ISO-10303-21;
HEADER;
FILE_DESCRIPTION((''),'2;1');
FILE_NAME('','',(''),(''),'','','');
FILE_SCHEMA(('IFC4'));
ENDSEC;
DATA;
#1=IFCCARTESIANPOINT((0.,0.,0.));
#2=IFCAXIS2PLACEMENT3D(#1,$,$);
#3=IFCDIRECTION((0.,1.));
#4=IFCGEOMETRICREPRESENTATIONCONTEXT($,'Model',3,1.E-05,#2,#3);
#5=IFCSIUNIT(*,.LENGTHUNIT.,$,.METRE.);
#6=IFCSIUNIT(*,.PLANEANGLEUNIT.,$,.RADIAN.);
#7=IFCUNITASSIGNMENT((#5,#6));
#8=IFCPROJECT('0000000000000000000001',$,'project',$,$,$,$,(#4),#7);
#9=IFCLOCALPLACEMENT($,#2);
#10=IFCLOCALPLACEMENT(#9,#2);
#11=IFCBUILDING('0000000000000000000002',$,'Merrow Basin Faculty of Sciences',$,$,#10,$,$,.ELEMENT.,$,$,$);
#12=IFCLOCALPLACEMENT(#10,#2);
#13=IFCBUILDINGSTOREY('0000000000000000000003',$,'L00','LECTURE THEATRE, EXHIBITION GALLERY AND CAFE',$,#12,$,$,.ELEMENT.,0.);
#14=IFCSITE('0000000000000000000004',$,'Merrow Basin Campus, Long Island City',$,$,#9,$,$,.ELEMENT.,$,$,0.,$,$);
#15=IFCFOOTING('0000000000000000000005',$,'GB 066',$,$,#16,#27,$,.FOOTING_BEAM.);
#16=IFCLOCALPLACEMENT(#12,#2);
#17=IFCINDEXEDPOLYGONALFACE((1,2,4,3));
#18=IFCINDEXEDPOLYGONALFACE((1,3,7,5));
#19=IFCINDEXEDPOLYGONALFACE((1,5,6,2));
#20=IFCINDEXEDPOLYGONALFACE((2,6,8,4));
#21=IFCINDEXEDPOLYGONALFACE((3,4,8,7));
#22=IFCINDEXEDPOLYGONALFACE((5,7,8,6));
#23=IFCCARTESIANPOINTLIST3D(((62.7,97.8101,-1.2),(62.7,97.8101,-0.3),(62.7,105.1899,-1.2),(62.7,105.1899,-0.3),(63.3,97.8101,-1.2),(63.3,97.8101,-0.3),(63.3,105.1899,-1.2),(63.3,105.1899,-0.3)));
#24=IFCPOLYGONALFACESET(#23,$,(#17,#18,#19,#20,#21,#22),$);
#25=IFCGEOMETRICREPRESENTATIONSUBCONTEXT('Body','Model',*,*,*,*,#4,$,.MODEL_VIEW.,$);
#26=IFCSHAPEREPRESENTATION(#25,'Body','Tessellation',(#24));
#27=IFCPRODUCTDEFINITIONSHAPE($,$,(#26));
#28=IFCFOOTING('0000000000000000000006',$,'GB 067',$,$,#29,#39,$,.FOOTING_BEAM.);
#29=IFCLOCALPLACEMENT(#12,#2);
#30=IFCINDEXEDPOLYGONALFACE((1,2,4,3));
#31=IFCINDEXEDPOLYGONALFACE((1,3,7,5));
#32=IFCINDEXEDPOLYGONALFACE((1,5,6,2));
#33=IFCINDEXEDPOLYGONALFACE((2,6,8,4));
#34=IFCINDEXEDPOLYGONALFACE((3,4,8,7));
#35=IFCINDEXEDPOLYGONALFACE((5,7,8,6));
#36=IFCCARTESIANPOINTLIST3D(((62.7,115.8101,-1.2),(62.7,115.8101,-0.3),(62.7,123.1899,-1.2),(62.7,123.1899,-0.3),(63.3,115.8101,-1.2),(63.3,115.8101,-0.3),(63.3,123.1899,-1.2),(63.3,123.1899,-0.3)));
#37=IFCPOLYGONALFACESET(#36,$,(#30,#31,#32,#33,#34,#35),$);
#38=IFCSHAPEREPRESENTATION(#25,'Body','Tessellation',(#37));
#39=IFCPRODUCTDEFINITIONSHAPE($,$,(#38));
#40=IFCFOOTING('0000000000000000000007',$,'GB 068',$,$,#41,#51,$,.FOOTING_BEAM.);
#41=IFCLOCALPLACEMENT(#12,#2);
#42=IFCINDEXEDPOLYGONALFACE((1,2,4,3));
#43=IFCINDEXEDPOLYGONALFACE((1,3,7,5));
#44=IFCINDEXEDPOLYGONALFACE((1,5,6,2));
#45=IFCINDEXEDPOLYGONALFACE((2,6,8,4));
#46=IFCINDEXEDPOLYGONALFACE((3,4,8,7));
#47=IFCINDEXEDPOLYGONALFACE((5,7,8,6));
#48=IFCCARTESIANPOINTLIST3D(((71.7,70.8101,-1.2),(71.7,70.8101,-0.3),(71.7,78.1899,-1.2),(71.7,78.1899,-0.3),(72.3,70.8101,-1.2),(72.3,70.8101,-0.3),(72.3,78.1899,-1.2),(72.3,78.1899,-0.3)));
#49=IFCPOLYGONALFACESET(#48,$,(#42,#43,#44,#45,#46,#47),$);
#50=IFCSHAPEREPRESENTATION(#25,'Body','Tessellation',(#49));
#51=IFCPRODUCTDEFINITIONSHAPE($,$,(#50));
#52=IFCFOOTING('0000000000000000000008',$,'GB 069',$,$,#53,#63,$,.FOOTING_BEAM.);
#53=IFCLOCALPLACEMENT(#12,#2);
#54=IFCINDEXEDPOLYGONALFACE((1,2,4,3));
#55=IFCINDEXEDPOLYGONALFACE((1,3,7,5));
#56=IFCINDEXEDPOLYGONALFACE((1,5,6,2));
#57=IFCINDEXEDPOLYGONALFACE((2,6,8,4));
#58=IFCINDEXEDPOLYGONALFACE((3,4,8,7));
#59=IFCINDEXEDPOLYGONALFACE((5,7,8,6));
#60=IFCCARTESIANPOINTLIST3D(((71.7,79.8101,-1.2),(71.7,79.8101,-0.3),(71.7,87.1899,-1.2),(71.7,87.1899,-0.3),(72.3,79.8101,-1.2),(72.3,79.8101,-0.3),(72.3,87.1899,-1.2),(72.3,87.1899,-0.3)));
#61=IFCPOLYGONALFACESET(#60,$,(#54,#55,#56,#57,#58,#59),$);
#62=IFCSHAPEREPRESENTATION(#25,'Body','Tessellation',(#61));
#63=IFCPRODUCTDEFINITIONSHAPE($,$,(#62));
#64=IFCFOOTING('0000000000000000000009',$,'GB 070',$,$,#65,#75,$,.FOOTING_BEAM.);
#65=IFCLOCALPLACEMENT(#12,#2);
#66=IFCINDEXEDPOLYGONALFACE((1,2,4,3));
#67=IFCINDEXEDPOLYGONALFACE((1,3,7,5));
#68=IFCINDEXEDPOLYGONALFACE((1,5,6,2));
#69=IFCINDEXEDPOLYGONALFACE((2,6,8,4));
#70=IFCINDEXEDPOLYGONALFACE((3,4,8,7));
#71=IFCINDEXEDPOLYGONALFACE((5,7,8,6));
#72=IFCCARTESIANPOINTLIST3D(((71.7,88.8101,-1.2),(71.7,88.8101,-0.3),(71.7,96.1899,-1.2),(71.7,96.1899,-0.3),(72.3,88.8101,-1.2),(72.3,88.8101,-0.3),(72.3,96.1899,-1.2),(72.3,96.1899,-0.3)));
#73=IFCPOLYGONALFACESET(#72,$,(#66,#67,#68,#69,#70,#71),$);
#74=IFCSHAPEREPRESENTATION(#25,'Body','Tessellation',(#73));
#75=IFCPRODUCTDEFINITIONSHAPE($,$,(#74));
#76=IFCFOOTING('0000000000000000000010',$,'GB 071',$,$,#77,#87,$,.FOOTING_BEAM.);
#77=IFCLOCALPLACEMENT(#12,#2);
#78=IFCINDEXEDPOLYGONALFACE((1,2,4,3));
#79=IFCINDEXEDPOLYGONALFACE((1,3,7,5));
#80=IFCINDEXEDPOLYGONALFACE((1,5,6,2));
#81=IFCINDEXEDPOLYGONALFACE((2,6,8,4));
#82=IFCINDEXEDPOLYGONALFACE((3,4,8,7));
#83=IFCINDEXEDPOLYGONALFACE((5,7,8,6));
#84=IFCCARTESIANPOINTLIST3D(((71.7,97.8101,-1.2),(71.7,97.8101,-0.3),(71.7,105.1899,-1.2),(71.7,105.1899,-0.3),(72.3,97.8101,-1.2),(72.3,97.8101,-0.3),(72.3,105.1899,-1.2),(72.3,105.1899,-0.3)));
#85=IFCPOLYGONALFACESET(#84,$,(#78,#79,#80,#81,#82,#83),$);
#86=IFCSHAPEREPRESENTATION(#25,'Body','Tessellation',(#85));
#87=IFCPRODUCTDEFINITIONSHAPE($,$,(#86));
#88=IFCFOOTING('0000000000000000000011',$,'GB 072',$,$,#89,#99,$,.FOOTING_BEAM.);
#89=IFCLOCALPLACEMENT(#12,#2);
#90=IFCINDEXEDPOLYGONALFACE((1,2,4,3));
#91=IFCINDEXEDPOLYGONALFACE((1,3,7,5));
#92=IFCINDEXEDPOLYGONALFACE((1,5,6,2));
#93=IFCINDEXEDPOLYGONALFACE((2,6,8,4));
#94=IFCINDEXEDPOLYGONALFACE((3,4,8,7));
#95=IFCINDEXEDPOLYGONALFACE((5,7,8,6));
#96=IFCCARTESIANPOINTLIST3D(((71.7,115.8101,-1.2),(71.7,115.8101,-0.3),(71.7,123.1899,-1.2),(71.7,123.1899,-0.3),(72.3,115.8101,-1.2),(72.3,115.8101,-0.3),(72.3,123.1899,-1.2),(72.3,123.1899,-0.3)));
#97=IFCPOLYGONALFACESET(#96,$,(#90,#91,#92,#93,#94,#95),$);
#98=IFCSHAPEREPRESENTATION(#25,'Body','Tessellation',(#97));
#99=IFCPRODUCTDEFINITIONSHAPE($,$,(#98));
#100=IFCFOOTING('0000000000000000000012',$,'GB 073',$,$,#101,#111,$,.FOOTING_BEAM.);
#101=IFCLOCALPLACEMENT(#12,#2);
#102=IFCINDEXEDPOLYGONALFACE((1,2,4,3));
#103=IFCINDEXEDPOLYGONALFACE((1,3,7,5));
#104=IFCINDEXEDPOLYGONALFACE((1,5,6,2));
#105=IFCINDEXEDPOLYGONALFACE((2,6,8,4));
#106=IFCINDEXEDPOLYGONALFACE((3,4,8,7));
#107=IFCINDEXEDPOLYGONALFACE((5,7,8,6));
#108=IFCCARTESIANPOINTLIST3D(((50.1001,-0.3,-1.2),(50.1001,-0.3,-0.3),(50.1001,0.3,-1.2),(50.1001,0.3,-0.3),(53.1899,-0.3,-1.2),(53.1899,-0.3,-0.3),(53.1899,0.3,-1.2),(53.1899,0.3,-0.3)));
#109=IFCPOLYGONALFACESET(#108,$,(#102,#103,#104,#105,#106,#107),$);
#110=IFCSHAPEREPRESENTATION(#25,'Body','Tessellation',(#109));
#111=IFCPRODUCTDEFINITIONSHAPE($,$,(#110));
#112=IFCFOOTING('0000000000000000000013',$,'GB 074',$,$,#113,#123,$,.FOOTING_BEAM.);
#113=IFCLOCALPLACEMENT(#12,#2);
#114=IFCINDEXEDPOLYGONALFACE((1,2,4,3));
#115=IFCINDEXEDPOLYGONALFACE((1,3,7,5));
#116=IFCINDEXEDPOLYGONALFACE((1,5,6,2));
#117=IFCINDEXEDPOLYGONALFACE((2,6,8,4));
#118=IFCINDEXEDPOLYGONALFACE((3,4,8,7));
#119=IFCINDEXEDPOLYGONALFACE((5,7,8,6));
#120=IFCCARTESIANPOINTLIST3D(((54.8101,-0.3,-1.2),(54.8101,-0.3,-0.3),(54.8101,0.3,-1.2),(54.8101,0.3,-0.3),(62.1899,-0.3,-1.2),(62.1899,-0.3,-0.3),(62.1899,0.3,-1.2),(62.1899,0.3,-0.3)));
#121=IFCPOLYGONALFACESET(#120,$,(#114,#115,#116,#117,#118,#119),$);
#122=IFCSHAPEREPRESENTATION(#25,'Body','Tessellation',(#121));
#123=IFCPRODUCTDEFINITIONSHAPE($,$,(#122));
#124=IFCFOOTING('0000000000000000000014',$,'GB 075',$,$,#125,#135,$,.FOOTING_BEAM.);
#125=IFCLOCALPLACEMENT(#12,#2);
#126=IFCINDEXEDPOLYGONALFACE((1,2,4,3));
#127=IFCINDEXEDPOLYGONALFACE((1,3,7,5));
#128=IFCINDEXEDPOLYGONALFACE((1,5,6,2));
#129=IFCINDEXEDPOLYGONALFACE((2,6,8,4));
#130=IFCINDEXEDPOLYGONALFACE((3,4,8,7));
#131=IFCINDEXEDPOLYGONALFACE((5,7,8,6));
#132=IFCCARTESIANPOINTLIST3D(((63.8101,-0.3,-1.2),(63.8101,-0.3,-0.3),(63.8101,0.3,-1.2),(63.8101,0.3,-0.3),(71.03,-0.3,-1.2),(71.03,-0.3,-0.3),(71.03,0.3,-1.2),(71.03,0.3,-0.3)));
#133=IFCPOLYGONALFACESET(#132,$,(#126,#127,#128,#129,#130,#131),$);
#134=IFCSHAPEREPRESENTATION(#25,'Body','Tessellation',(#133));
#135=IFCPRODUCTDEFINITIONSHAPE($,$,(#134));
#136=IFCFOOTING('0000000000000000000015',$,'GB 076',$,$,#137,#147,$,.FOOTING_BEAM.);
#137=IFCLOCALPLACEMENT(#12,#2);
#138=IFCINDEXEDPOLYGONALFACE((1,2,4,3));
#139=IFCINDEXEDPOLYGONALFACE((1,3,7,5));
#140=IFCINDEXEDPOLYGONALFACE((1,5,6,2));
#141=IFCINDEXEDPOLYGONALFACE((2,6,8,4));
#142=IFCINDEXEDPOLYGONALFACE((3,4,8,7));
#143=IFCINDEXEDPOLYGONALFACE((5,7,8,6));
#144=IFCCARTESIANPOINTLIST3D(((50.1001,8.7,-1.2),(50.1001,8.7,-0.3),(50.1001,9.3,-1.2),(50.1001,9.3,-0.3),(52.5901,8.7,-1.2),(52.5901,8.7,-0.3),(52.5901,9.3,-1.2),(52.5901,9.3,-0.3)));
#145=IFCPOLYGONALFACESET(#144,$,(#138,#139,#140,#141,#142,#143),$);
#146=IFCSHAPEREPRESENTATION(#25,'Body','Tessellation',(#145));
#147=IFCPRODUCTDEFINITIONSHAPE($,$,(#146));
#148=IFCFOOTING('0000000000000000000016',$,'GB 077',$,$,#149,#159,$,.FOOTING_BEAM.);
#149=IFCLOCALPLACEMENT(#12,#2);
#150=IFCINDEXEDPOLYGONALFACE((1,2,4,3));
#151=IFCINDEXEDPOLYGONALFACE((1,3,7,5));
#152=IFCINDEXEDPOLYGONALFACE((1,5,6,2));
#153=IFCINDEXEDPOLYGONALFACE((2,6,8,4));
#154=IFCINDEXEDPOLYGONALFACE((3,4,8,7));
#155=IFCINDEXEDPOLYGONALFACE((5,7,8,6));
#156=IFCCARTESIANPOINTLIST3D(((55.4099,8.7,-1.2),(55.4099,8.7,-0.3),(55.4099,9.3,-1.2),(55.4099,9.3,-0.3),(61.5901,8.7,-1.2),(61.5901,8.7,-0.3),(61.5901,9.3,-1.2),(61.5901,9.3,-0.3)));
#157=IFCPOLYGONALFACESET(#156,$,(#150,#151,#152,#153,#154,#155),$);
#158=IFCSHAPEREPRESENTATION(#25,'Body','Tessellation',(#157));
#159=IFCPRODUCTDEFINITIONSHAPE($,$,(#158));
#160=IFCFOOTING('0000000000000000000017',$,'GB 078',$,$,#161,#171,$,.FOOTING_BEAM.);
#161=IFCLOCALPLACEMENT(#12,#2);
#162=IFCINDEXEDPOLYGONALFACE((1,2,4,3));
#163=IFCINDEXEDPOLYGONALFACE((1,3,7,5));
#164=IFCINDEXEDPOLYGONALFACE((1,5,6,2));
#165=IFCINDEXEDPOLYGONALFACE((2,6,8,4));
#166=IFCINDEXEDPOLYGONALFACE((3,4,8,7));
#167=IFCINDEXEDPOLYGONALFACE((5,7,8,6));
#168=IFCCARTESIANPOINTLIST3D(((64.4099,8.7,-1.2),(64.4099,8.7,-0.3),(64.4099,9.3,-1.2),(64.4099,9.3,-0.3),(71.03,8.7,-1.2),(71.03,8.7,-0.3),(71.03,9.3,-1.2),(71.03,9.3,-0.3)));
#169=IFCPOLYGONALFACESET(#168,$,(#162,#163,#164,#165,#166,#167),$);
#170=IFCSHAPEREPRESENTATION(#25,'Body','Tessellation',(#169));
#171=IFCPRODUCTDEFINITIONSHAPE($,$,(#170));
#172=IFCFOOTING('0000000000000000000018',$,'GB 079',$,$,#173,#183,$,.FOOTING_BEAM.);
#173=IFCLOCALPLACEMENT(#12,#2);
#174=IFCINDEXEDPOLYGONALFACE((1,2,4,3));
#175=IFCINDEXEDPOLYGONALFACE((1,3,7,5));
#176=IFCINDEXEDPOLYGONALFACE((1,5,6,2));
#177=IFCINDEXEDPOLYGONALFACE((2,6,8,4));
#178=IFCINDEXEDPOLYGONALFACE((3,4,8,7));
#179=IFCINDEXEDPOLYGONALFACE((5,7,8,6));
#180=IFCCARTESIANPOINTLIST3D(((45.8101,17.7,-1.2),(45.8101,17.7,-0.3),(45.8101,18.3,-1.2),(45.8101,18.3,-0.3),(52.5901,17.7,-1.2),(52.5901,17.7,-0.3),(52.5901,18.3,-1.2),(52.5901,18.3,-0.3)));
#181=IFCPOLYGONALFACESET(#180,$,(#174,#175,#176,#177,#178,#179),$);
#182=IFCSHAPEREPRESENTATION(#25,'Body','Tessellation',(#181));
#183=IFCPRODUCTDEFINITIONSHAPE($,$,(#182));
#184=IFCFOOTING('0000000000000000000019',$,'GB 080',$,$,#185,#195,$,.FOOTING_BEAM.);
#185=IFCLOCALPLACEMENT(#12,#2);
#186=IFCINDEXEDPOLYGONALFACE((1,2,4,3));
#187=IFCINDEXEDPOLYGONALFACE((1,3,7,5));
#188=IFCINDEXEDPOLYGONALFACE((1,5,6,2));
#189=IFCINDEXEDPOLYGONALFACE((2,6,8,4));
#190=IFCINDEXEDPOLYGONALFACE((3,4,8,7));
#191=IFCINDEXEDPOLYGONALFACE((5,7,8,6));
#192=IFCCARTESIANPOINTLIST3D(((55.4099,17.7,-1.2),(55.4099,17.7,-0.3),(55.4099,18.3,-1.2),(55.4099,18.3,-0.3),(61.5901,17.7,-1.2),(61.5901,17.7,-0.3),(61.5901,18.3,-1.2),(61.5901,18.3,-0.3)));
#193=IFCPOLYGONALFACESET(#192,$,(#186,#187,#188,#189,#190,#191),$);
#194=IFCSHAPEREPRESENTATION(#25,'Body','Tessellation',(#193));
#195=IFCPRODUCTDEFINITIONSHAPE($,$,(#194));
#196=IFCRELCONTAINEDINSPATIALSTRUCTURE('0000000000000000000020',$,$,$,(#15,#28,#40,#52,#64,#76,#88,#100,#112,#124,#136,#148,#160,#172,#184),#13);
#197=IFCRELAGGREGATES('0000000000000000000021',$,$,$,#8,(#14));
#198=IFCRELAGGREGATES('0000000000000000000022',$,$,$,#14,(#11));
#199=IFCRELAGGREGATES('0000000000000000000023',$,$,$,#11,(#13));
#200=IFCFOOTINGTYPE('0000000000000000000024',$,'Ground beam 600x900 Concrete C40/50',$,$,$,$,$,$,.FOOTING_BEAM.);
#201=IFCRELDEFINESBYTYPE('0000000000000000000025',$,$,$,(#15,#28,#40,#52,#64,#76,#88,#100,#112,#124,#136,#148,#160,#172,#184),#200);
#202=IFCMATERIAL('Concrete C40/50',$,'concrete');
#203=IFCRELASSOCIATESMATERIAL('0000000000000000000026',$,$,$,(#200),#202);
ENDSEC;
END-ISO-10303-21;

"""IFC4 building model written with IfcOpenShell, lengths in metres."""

from ifc_helpers import new_model, si_unit, direction, frame, origin, place, context, subcontext, project, spatial, polyline, outline, extrude, material, type_object, element, save


model = new_model("IFC4")

# Units and contexts
model_context = context("Model", 3, precision=1e-05, world=origin(), true_north=direction((0.0, 1.0)))
body_context = subcontext(model_context, "Body", "Model", "MODEL_VIEW")
ifc_project = project(units=[si_unit("LENGTHUNIT", "METRE"), si_unit("PLANEANGLEUNIT", "RADIAN")], contexts=[model_context])

# Site, building, storey
site_placement = place(None, origin())
site = spatial("IfcSite", under=ifc_project, at=site_placement, Name="Merrow Basin Campus, Long Island City", CompositionType="ELEMENT", RefElevation=0.0)
building_placement = place(site_placement, origin())
building = spatial("IfcBuilding", under=site, at=building_placement, Name="Merrow Basin Faculty of Sciences", CompositionType="ELEMENT")
storey_placement = place(building_placement, origin())
storey = spatial("IfcBuildingStorey", under=building, at=storey_placement, Name="L00", Description="LECTURE THEATRE, EXHIBITION GALLERY AND CAFE", CompositionType="ELEMENT", Elevation=0.0)

# Footings
ifc_material = material(Name="Concrete C40/50", Category="concrete")
footing_type = type_object("IfcFootingType", Name="Ground beam 600x900 Concrete C40/50", PredefinedType="FOOTING_BEAM", material=ifc_material)
footing_1_placement = place(storey_placement, frame((0.0, 0.0, -1.2)))
element("IfcFooting", 1, at=footing_1_placement, inside=storey, type_object=footing_type, Name="GB 066", PredefinedType="FOOTING_BEAM", context=body_context, shape_type="SweptSolid", body=[
    extrude(outline(polyline([(62.7, 97.8101), (63.3, 97.8101), (63.3, 105.1899), (62.7, 105.1899), (62.7, 97.8101)])), origin(), (0.0, 0.0, 1.0), 0.8999),
])
footing_2_placement = place(storey_placement, frame((0.0, 0.0, -1.2)))
element("IfcFooting", 2, at=footing_2_placement, inside=storey, type_object=footing_type, Name="GB 067", PredefinedType="FOOTING_BEAM", context=body_context, shape_type="SweptSolid", body=[
    extrude(outline(polyline([(62.7, 115.8101), (63.3, 115.8101), (63.3, 123.1899), (62.7, 123.1899), (62.7, 115.8101)])), origin(), (0.0, 0.0, 1.0), 0.8999),
])
footing_3_placement = place(storey_placement, frame((0.0, 0.0, -1.2)))
element("IfcFooting", 3, at=footing_3_placement, inside=storey, type_object=footing_type, Name="GB 068", PredefinedType="FOOTING_BEAM", context=body_context, shape_type="SweptSolid", body=[
    extrude(outline(polyline([(71.7, 70.8101), (72.3, 70.8101), (72.3, 78.1899), (71.7, 78.1899), (71.7, 70.8101)])), origin(), (0.0, 0.0, 1.0), 0.8999),
])
footing_4_placement = place(storey_placement, frame((0.0, 0.0, -1.2)))
element("IfcFooting", 4, at=footing_4_placement, inside=storey, type_object=footing_type, Name="GB 069", PredefinedType="FOOTING_BEAM", context=body_context, shape_type="SweptSolid", body=[
    extrude(outline(polyline([(71.7, 79.8101), (72.3, 79.8101), (72.3, 87.1899), (71.7, 87.1899), (71.7, 79.8101)])), origin(), (0.0, 0.0, 1.0), 0.8999),
])
footing_5_placement = place(storey_placement, frame((0.0, 0.0, -1.2)))
element("IfcFooting", 5, at=footing_5_placement, inside=storey, type_object=footing_type, Name="GB 070", PredefinedType="FOOTING_BEAM", context=body_context, shape_type="SweptSolid", body=[
    extrude(outline(polyline([(71.7, 88.8101), (72.3, 88.8101), (72.3, 96.1899), (71.7, 96.1899), (71.7, 88.8101)])), origin(), (0.0, 0.0, 1.0), 0.8999),
])
footing_6_placement = place(storey_placement, frame((0.0, 0.0, -1.2)))
element("IfcFooting", 6, at=footing_6_placement, inside=storey, type_object=footing_type, Name="GB 071", PredefinedType="FOOTING_BEAM", context=body_context, shape_type="SweptSolid", body=[
    extrude(outline(polyline([(71.7, 97.8101), (72.3, 97.8101), (72.3, 105.1899), (71.7, 105.1899), (71.7, 97.8101)])), origin(), (0.0, 0.0, 1.0), 0.8999),
])
footing_7_placement = place(storey_placement, frame((0.0, 0.0, -1.2)))
element("IfcFooting", 7, at=footing_7_placement, inside=storey, type_object=footing_type, Name="GB 072", PredefinedType="FOOTING_BEAM", context=body_context, shape_type="SweptSolid", body=[
    extrude(outline(polyline([(71.7, 115.8101), (72.3, 115.8101), (72.3, 123.1899), (71.7, 123.1899), (71.7, 115.8101)])), origin(), (0.0, 0.0, 1.0), 0.8999),
])
footing_8_placement = place(storey_placement, frame((0.0, 0.0, -1.2)))
element("IfcFooting", 8, at=footing_8_placement, inside=storey, type_object=footing_type, Name="GB 073", PredefinedType="FOOTING_BEAM", context=body_context, shape_type="SweptSolid", body=[
    extrude(outline(polyline([(50.1001, -0.3), (53.1899, -0.3), (53.1899, 0.3), (50.1001, 0.3), (50.1001, -0.3)])), origin(), (0.0, 0.0, 1.0), 0.8999),
])
footing_9_placement = place(storey_placement, frame((0.0, 0.0, -1.2)))
element("IfcFooting", 9, at=footing_9_placement, inside=storey, type_object=footing_type, Name="GB 074", PredefinedType="FOOTING_BEAM", context=body_context, shape_type="SweptSolid", body=[
    extrude(outline(polyline([(54.8101, -0.3), (62.1899, -0.3), (62.1899, 0.3), (54.8101, 0.3), (54.8101, -0.3)])), origin(), (0.0, 0.0, 1.0), 0.8999),
])
footing_10_placement = place(storey_placement, frame((0.0, 0.0, -1.2)))
element("IfcFooting", 10, at=footing_10_placement, inside=storey, type_object=footing_type, Name="GB 075", PredefinedType="FOOTING_BEAM", context=body_context, shape_type="SweptSolid", body=[
    extrude(outline(polyline([(63.8101, -0.3), (71.03, -0.3), (71.03, 0.3), (63.8101, 0.3), (63.8101, -0.3)])), origin(), (0.0, 0.0, 1.0), 0.8999),
])
footing_11_placement = place(storey_placement, frame((0.0, 0.0, -1.2)))
element("IfcFooting", 11, at=footing_11_placement, inside=storey, type_object=footing_type, Name="GB 076", PredefinedType="FOOTING_BEAM", context=body_context, shape_type="SweptSolid", body=[
    extrude(outline(polyline([(50.1001, 8.7), (52.5901, 8.7), (52.5901, 9.3), (50.1001, 9.3), (50.1001, 8.7)])), origin(), (0.0, 0.0, 1.0), 0.8999),
])
footing_12_placement = place(storey_placement, frame((0.0, 0.0, -1.2)))
element("IfcFooting", 12, at=footing_12_placement, inside=storey, type_object=footing_type, Name="GB 077", PredefinedType="FOOTING_BEAM", context=body_context, shape_type="SweptSolid", body=[
    extrude(outline(polyline([(55.4099, 8.7), (61.5901, 8.7), (61.5901, 9.3), (55.4099, 9.3), (55.4099, 8.7)])), origin(), (0.0, 0.0, 1.0), 0.8999),
])
footing_13_placement = place(storey_placement, frame((0.0, 0.0, -1.2)))
element("IfcFooting", 13, at=footing_13_placement, inside=storey, type_object=footing_type, Name="GB 078", PredefinedType="FOOTING_BEAM", context=body_context, shape_type="SweptSolid", body=[
    extrude(outline(polyline([(64.4099, 8.7), (71.03, 8.7), (71.03, 9.3), (64.4099, 9.3), (64.4099, 8.7)])), origin(), (0.0, 0.0, 1.0), 0.8999),
])
footing_14_placement = place(storey_placement, frame((0.0, 0.0, -1.2)))
element("IfcFooting", 14, at=footing_14_placement, inside=storey, type_object=footing_type, Name="GB 079", PredefinedType="FOOTING_BEAM", context=body_context, shape_type="SweptSolid", body=[
    extrude(outline(polyline([(45.8101, 17.7), (52.5901, 17.7), (52.5901, 18.3), (45.8101, 18.3), (45.8101, 17.7)])), origin(), (0.0, 0.0, 1.0), 0.8999),
])
footing_15_placement = place(storey_placement, frame((0.0, 0.0, -1.2)))
element("IfcFooting", 15, at=footing_15_placement, inside=storey, type_object=footing_type, Name="GB 080", PredefinedType="FOOTING_BEAM", context=body_context, shape_type="SweptSolid", body=[
    extrude(outline(polyline([(55.4099, 17.7), (61.5901, 17.7), (61.5901, 18.3), (55.4099, 18.3), (55.4099, 17.7)])), origin(), (0.0, 0.0, 1.0), 0.8999),
])

save(model, "model.ifc")
